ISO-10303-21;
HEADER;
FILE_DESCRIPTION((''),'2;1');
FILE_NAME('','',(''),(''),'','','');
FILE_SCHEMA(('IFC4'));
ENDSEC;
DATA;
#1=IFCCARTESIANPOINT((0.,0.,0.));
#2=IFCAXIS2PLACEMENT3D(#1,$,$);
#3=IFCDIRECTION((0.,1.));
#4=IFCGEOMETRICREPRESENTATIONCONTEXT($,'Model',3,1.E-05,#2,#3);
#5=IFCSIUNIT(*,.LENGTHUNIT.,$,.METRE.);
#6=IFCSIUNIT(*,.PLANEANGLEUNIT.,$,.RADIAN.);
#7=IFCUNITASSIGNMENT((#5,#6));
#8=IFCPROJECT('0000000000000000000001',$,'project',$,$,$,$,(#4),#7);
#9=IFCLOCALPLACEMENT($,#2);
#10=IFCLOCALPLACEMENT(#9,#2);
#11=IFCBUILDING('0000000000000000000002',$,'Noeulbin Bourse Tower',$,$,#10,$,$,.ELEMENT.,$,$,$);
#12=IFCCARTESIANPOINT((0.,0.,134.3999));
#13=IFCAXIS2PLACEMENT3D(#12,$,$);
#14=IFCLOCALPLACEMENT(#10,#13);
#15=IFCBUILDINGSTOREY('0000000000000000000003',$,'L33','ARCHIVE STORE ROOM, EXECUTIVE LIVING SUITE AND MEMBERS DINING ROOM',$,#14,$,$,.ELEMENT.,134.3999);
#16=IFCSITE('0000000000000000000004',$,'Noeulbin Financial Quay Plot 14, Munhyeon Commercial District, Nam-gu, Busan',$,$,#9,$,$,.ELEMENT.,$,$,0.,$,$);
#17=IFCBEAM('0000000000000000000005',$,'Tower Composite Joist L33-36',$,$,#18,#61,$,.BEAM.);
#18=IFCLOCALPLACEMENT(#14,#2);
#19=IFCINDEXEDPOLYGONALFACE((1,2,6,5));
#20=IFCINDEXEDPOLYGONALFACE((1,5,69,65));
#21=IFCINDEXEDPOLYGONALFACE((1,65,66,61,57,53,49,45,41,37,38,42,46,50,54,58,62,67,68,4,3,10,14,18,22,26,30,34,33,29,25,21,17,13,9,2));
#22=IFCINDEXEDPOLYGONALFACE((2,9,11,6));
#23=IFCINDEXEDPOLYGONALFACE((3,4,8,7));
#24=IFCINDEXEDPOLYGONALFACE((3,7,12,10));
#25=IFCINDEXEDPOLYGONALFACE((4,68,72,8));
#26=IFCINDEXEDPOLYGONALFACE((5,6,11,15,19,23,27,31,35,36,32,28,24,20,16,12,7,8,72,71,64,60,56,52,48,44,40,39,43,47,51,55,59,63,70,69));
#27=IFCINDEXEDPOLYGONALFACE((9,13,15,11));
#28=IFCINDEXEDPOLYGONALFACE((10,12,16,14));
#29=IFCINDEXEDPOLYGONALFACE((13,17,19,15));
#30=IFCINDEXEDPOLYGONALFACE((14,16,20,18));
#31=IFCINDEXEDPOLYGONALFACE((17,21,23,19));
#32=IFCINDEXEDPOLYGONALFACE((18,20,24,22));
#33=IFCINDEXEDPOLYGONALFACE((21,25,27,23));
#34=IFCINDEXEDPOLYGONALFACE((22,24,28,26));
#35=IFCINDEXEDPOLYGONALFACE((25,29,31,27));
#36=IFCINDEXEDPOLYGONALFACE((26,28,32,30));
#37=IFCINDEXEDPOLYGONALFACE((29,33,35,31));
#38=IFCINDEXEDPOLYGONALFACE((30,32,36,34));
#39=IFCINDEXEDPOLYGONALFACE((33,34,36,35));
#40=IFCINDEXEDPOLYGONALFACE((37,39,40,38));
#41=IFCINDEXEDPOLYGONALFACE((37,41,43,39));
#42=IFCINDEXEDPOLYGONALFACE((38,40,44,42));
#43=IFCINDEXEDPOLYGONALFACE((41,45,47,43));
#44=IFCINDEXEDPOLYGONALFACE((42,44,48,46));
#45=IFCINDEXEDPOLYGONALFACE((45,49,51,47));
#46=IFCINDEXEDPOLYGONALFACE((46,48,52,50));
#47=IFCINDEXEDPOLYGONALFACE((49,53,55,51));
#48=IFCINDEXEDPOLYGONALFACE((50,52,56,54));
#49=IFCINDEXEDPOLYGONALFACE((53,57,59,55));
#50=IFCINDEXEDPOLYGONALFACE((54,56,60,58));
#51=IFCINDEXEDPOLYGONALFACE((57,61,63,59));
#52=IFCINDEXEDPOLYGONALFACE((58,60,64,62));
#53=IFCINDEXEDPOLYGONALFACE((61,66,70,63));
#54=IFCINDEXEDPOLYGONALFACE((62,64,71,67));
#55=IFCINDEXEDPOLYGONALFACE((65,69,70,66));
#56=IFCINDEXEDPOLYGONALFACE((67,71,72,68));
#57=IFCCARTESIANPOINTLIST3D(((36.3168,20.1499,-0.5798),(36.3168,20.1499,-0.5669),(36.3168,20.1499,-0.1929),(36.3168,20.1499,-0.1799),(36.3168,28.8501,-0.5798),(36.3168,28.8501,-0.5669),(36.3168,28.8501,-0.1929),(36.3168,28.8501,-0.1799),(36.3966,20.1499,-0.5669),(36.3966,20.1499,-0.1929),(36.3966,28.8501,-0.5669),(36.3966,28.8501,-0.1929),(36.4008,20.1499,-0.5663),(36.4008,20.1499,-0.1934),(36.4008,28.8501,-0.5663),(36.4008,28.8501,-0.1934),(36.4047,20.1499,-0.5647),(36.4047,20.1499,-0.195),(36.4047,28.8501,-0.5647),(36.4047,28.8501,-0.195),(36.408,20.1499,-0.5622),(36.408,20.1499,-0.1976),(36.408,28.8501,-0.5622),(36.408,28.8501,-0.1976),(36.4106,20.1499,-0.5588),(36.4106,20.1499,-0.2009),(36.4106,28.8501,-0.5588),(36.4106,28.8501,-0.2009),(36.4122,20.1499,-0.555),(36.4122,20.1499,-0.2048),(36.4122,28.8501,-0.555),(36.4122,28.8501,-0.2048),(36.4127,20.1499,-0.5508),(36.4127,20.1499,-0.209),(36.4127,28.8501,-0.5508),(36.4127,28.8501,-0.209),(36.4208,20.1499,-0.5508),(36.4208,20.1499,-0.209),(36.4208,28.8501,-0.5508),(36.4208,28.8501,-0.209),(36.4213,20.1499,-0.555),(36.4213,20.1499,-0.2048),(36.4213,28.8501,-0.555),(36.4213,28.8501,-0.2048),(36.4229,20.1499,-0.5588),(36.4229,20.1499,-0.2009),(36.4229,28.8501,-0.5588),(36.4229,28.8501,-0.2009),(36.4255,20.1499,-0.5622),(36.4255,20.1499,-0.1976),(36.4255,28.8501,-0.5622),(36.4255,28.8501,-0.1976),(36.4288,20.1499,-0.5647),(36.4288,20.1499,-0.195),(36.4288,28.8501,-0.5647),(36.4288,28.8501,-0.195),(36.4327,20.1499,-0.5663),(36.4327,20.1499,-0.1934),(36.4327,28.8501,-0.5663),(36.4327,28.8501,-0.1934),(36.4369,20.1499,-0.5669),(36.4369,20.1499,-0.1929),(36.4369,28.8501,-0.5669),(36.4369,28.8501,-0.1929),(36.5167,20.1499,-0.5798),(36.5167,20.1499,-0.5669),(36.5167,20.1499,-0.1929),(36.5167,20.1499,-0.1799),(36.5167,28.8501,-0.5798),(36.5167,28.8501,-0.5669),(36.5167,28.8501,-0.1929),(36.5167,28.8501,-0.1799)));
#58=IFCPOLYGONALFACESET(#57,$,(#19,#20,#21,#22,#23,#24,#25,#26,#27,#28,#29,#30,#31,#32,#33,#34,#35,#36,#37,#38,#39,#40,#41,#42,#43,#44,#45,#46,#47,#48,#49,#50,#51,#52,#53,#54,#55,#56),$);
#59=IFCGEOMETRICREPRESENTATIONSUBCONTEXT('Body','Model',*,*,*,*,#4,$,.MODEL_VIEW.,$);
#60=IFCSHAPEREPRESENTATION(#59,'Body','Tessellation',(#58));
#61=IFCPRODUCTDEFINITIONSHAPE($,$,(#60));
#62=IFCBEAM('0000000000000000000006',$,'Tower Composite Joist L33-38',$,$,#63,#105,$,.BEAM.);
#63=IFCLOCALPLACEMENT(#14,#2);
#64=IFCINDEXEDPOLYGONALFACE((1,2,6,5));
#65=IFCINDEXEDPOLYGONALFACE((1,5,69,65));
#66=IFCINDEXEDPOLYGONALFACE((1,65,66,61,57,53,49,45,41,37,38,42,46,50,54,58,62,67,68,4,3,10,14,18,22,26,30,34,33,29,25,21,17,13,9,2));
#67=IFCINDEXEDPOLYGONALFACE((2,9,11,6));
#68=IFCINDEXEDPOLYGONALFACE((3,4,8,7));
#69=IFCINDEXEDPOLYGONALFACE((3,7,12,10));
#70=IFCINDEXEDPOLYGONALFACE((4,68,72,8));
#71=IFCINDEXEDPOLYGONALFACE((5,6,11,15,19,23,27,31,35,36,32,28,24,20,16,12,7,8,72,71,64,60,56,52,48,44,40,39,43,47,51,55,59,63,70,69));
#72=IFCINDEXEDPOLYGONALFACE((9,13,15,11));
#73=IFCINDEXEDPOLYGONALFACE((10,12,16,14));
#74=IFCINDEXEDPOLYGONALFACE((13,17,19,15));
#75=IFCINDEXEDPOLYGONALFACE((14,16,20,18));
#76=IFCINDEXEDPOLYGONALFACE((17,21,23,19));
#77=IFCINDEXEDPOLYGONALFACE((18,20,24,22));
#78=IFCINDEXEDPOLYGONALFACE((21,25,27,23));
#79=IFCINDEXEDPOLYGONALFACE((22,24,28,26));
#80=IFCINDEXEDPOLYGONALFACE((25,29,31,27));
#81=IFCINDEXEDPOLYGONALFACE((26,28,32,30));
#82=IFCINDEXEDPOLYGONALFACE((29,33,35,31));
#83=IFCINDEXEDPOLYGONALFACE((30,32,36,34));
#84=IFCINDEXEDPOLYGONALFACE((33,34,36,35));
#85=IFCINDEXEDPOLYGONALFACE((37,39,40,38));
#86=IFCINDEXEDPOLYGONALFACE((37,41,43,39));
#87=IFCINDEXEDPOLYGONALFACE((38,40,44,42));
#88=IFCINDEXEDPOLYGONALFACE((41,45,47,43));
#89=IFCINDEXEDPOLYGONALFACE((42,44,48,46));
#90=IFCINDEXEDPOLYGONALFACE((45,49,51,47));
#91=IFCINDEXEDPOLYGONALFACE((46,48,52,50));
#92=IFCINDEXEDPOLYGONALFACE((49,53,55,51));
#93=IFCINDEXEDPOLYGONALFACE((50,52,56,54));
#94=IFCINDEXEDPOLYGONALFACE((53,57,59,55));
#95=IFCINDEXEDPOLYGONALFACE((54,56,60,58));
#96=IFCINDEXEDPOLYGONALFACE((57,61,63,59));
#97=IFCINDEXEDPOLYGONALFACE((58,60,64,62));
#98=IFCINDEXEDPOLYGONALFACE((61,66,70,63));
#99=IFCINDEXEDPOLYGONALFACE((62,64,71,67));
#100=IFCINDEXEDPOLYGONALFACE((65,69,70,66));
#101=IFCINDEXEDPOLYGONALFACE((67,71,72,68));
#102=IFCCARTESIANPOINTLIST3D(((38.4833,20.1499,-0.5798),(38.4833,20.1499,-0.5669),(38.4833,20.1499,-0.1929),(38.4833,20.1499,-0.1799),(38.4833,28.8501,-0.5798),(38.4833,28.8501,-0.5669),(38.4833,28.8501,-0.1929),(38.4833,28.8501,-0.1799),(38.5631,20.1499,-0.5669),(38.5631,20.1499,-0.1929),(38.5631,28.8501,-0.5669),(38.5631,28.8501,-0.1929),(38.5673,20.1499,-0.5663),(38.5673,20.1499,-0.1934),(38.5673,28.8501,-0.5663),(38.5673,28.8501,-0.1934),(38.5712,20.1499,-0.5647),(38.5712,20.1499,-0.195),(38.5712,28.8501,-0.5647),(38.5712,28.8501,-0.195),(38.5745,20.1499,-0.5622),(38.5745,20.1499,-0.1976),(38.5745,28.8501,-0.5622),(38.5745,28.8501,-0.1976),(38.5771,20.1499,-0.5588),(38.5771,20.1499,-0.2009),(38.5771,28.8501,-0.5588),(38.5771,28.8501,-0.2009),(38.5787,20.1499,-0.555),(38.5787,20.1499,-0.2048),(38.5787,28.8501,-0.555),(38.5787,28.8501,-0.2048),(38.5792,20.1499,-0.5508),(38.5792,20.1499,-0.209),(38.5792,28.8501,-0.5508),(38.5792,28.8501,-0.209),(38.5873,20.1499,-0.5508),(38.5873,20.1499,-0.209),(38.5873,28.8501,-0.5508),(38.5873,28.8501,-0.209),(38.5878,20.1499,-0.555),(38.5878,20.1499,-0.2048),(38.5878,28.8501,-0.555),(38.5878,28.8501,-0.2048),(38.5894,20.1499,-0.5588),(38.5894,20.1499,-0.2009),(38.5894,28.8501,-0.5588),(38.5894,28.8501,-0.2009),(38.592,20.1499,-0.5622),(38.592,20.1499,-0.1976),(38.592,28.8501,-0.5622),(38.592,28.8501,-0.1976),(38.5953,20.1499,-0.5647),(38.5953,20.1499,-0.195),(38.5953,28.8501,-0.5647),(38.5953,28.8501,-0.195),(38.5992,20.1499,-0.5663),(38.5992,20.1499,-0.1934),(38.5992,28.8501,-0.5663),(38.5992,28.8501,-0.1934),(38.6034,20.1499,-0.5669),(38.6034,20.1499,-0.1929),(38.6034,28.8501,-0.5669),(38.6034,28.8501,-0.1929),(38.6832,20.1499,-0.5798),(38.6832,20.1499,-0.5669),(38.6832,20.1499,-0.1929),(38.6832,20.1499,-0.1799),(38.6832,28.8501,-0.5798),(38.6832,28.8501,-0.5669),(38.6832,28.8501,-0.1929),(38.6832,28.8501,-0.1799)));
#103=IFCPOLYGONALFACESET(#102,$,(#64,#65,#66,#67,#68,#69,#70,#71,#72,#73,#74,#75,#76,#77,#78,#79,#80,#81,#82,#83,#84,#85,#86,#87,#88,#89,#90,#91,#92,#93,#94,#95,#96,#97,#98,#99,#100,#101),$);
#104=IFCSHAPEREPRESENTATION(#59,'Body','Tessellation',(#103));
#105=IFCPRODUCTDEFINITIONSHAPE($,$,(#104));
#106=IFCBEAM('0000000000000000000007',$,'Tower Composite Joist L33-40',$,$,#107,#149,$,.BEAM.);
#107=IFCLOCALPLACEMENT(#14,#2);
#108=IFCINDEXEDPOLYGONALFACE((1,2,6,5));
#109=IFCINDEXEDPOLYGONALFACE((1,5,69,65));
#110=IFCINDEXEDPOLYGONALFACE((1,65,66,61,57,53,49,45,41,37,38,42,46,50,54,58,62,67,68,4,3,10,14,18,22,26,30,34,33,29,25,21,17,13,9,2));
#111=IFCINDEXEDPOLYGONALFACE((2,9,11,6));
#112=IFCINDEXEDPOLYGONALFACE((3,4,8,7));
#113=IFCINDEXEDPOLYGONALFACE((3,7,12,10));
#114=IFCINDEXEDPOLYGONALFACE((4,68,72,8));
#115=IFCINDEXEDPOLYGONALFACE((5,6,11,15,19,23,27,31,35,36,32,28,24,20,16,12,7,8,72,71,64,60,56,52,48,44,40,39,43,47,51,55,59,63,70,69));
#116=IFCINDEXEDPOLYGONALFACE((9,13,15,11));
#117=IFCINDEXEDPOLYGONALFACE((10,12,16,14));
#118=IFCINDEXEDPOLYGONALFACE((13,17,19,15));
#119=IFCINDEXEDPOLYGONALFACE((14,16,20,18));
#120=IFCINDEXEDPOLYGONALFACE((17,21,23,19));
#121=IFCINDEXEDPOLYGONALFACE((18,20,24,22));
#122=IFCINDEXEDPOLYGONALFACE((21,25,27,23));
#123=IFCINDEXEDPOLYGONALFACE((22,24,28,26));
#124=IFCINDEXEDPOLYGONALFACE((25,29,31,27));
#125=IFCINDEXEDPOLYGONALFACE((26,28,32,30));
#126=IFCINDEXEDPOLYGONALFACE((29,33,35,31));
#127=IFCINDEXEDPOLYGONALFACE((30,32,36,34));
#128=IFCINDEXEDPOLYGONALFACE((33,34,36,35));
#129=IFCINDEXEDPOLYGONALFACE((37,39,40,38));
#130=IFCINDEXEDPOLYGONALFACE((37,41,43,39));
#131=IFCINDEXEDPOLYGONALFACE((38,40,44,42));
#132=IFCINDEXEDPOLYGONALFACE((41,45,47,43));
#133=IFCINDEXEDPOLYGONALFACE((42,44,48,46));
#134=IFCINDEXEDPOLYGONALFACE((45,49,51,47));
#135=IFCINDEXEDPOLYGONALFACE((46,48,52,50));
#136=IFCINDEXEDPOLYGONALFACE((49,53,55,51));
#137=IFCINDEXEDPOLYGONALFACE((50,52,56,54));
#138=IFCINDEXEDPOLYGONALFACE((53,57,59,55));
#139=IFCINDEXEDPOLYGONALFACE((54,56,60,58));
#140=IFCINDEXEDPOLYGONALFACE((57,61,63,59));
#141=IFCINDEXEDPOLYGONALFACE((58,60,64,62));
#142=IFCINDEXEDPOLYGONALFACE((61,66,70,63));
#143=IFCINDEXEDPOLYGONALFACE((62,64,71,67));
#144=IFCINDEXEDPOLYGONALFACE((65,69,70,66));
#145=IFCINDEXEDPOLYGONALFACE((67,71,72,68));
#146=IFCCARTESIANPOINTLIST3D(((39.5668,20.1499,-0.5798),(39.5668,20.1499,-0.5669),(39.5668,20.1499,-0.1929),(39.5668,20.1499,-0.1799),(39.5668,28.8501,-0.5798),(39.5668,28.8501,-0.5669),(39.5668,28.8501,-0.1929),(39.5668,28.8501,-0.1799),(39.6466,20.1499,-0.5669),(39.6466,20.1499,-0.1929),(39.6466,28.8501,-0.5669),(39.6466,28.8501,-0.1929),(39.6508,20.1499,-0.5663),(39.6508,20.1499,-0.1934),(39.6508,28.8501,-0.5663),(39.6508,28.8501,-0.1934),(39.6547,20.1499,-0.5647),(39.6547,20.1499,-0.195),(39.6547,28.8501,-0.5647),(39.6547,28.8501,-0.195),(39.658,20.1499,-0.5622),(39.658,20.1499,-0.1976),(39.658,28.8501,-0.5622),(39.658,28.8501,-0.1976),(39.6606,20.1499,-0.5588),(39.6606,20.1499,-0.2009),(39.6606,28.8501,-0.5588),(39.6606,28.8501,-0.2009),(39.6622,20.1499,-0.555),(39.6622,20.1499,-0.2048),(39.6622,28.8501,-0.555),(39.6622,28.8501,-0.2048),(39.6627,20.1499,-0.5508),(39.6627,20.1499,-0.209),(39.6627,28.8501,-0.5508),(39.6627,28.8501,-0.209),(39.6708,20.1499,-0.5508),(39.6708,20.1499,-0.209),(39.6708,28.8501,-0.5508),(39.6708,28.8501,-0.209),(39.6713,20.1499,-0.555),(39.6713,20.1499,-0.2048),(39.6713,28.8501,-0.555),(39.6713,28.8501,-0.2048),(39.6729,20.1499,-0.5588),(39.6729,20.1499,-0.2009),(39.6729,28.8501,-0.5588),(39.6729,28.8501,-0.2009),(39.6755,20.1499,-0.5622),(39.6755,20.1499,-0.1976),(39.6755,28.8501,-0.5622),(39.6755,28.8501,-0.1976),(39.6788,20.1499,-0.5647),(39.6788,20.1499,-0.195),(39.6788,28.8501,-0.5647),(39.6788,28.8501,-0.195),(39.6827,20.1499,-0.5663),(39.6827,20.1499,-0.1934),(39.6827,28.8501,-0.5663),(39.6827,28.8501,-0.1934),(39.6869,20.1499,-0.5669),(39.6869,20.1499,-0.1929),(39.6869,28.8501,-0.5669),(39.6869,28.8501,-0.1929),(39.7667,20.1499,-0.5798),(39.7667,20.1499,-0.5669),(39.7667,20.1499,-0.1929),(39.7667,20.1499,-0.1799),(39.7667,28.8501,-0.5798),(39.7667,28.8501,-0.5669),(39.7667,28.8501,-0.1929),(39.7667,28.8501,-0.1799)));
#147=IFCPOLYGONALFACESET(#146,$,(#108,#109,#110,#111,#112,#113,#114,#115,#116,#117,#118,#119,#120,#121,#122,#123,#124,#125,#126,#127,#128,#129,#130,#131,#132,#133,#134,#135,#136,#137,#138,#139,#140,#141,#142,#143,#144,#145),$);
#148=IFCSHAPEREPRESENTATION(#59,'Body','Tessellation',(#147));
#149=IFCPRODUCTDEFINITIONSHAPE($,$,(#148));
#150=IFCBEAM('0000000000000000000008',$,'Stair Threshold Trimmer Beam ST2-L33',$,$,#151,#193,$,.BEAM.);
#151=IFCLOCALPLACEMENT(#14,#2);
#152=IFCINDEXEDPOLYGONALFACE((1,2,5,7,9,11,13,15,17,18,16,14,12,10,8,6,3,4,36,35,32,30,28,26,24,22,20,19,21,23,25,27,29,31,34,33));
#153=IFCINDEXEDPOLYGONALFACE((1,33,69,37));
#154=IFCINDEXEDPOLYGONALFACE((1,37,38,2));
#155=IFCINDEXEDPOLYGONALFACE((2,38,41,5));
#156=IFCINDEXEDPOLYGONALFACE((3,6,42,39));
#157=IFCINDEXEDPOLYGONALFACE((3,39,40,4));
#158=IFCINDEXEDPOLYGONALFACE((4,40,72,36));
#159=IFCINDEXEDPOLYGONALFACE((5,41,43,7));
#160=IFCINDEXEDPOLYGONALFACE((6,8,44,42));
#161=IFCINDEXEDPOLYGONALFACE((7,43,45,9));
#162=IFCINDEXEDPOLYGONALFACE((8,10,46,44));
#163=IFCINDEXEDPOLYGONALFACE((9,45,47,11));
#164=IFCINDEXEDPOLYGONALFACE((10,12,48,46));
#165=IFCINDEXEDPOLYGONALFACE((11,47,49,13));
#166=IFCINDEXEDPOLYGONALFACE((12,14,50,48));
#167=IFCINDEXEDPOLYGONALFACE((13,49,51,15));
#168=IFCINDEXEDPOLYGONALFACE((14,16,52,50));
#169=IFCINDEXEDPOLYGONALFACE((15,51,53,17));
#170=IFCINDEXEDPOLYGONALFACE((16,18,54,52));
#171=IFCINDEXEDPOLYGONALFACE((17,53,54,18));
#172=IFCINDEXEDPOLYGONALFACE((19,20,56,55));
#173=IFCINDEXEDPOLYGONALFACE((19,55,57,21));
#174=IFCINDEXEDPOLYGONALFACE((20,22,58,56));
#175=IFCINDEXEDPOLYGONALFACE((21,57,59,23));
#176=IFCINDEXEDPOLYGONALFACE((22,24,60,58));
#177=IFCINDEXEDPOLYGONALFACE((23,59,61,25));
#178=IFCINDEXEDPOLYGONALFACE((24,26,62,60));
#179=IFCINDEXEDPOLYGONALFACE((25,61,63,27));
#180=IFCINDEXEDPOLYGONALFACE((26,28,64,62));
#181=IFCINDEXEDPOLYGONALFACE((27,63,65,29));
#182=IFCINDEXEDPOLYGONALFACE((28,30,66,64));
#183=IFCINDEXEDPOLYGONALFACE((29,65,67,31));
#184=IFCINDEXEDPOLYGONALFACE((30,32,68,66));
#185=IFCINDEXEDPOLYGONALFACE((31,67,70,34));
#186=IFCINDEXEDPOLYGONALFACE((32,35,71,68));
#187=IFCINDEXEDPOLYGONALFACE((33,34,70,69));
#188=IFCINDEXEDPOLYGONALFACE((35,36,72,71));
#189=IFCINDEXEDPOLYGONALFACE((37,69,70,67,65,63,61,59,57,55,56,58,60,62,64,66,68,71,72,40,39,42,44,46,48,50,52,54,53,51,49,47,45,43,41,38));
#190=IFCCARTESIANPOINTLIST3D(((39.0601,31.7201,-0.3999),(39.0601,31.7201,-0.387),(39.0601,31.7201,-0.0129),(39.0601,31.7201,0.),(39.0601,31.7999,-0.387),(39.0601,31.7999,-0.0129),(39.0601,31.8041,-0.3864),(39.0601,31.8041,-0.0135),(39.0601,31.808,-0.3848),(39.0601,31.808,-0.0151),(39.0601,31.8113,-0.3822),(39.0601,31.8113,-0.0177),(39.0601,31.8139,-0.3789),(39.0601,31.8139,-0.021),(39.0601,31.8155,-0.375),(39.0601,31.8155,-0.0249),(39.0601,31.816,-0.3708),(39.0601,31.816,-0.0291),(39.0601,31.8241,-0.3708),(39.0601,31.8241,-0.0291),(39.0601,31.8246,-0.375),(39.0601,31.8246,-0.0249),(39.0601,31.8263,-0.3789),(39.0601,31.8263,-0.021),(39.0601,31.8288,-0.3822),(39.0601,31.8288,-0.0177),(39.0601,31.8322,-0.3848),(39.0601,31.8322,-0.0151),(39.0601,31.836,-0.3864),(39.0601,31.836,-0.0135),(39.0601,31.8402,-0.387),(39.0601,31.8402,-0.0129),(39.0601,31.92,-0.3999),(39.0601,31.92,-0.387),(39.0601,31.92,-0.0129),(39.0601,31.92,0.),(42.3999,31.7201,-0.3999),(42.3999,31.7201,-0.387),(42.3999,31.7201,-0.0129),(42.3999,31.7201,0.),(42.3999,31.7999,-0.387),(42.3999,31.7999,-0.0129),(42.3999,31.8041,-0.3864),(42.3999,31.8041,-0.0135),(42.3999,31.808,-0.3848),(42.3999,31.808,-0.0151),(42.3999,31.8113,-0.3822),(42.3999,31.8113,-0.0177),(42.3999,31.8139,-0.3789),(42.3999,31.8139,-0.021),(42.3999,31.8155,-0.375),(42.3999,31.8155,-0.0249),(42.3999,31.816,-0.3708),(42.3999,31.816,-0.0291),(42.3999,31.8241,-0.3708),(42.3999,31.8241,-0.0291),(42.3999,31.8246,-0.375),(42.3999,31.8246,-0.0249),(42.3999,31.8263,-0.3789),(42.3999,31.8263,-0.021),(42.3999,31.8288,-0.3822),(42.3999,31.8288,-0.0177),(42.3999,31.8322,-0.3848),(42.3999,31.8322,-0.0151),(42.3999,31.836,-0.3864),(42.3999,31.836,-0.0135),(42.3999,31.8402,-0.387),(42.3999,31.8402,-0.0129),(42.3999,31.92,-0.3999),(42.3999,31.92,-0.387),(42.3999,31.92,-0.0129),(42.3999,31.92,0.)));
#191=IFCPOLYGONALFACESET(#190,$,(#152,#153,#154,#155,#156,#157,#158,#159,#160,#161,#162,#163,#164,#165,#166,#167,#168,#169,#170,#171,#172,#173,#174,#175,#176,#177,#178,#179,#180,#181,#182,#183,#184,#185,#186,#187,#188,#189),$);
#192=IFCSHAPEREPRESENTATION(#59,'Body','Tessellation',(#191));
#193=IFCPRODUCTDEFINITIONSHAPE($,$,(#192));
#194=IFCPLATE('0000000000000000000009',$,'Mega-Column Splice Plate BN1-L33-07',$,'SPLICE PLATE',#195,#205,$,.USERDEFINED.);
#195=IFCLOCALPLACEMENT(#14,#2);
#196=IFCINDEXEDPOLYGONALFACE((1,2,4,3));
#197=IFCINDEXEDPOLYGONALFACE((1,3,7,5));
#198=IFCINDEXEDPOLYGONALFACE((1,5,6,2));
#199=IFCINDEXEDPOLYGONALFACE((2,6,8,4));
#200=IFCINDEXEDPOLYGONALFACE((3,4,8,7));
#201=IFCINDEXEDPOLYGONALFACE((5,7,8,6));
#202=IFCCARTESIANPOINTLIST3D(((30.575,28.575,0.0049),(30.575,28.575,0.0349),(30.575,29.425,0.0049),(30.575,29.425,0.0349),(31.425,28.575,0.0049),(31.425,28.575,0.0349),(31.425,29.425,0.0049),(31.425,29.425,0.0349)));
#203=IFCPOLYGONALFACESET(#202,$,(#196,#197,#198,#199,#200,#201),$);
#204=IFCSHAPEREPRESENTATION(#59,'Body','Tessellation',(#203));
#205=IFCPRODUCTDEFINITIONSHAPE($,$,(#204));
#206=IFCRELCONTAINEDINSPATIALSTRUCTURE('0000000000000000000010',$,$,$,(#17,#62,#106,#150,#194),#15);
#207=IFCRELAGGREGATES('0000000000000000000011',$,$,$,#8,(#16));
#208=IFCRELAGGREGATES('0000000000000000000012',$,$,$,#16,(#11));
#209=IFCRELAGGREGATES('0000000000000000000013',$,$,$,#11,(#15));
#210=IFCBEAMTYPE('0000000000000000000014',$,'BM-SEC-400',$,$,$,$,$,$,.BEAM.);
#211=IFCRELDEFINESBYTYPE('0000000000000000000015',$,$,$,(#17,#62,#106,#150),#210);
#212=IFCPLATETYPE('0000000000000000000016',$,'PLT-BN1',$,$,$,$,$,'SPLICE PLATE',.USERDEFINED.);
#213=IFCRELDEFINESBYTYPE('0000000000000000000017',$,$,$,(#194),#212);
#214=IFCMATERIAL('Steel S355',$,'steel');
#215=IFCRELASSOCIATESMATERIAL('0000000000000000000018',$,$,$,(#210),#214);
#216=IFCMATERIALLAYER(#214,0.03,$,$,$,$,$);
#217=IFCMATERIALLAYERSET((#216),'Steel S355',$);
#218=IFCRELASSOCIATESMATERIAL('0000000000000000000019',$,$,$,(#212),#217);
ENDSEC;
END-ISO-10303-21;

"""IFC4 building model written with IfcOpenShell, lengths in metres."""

from ifc_helpers import new_model, si_unit, direction, frame, origin, origin_2d, place, context, subcontext, project, spatial, rectangle, i_section, extrude, material, layer, layer_set, material_profile, profile_set, type_object, element, save


model = new_model("IFC4")

# Units and contexts
model_context = context("Model", 3, precision=1e-05, world=origin(), true_north=direction((0.0, 1.0)))
body_context = subcontext(model_context, "Body", "Model", "MODEL_VIEW")
ifc_project = project(units=[si_unit("LENGTHUNIT", "METRE"), si_unit("PLANEANGLEUNIT", "RADIAN")], contexts=[model_context])

# Site, building, storey
site_placement = place(None, origin())
site = spatial("IfcSite", under=ifc_project, at=site_placement, Name="Noeulbin Financial Quay Plot 14, Munhyeon Commercial District, Nam-gu, Busan", CompositionType="ELEMENT", RefElevation=0.0)
building_placement = place(site_placement, origin())
building = spatial("IfcBuilding", under=site, at=building_placement, Name="Noeulbin Bourse Tower", CompositionType="ELEMENT")
storey_placement = place(building_placement, frame((0.0, 0.0, 134.3999)))
storey = spatial("IfcBuildingStorey", under=building, at=storey_placement, Name="L33", Description="ARCHIVE STORE ROOM, EXECUTIVE LIVING SUITE AND MEMBERS DINING ROOM", CompositionType="ELEMENT", Elevation=134.3999)

# Beams
ifc_material_1 = material(Name="Steel S355", Category="steel")
ifc_material_profile_1 = material_profile(ifc_material_1, i_section(OverallWidth=0.2, OverallDepth=0.3999, WebThickness=0.0081, FlangeThickness=0.0129, FilletRadius=0.0161, at=origin_2d()), Name="H-400x200x8x13", Category="LoadBearing")
ifc_profile_set_1 = profile_set([ifc_material_profile_1], Name="Steel S355")
beam_type = type_object("IfcBeamType", Name="BM-SEC-400", PredefinedType="BEAM", material=ifc_profile_set_1)
for number, where, z_axis, x_axis, name in (
    (1, (36.4167, 20.1499, -0.3799), (0.0, 1.0, 0.0), (-1.0, 0.0, 0.0), "Tower Composite Joist L33-36"),
    (2, (38.5833, 20.1499, -0.3799), (0.0, 1.0, 0.0), (-1.0, 0.0, 0.0), "Tower Composite Joist L33-38"),
    (3, (39.6667, 20.1499, -0.3799), (0.0, 1.0, 0.0), (-1.0, 0.0, 0.0), "Tower Composite Joist L33-40"),
):
    element("IfcBeam", number, at=place(storey_placement, frame(where, z_axis=z_axis, x_axis=x_axis)), inside=storey, type_object=beam_type, Name=name, PredefinedType="BEAM", context=body_context, shape_type="SweptSolid", body=[
        extrude(i_section(OverallWidth=0.2, OverallDepth=0.3999, WebThickness=0.0081, FlangeThickness=0.0129, FilletRadius=0.0161, at=origin_2d()), origin(), (0.0, 0.0, 1.0), 8.7002),
    ])
beam_placement = place(storey_placement, frame((39.0601, 31.8201, -0.2), z_axis=(1.0, 0.0, 0.0), x_axis=(0.0, 1.0, 0.0)))
element("IfcBeam", 4, at=beam_placement, inside=storey, type_object=beam_type, Name="Stair Threshold Trimmer Beam ST2-L33", PredefinedType="BEAM", context=body_context, shape_type="SweptSolid", body=[
    extrude(i_section(OverallWidth=0.2, OverallDepth=0.3999, WebThickness=0.0081, FlangeThickness=0.0129, FilletRadius=0.0161, at=origin_2d()), origin(), (0.0, 0.0, 1.0), 3.3398),
])

# Plate
ifc_layer_1 = layer(ifc_material_1, 0.03)
ifc_layer_set_1 = layer_set([ifc_layer_1], Name="Steel S355")
plate_type = type_object("IfcPlateType", Name="PLT-BN1", ElementType="SPLICE PLATE", PredefinedType="USERDEFINED", material=ifc_layer_set_1)
for number, where, z_axis, x_axis, name in (
    (5, (31.0, 29.0, 0.0049), (0.0, 0.0, 1.0), (1.0, 0.0, 0.0), "Mega-Column Splice Plate BN1-L33-07"),
):
    element("IfcPlate", number, at=place(storey_placement, frame(where, z_axis=z_axis, x_axis=x_axis)), inside=storey, type_object=plate_type, Name=name, ObjectType="SPLICE PLATE", PredefinedType="USERDEFINED", context=body_context, shape_type="SweptSolid", body=[
        extrude(rectangle(XDim=0.8501, YDim=0.8501, at=origin_2d()), origin(), (0.0, 0.0, 1.0), 0.03),
    ])

save(model, "model.ifc")
